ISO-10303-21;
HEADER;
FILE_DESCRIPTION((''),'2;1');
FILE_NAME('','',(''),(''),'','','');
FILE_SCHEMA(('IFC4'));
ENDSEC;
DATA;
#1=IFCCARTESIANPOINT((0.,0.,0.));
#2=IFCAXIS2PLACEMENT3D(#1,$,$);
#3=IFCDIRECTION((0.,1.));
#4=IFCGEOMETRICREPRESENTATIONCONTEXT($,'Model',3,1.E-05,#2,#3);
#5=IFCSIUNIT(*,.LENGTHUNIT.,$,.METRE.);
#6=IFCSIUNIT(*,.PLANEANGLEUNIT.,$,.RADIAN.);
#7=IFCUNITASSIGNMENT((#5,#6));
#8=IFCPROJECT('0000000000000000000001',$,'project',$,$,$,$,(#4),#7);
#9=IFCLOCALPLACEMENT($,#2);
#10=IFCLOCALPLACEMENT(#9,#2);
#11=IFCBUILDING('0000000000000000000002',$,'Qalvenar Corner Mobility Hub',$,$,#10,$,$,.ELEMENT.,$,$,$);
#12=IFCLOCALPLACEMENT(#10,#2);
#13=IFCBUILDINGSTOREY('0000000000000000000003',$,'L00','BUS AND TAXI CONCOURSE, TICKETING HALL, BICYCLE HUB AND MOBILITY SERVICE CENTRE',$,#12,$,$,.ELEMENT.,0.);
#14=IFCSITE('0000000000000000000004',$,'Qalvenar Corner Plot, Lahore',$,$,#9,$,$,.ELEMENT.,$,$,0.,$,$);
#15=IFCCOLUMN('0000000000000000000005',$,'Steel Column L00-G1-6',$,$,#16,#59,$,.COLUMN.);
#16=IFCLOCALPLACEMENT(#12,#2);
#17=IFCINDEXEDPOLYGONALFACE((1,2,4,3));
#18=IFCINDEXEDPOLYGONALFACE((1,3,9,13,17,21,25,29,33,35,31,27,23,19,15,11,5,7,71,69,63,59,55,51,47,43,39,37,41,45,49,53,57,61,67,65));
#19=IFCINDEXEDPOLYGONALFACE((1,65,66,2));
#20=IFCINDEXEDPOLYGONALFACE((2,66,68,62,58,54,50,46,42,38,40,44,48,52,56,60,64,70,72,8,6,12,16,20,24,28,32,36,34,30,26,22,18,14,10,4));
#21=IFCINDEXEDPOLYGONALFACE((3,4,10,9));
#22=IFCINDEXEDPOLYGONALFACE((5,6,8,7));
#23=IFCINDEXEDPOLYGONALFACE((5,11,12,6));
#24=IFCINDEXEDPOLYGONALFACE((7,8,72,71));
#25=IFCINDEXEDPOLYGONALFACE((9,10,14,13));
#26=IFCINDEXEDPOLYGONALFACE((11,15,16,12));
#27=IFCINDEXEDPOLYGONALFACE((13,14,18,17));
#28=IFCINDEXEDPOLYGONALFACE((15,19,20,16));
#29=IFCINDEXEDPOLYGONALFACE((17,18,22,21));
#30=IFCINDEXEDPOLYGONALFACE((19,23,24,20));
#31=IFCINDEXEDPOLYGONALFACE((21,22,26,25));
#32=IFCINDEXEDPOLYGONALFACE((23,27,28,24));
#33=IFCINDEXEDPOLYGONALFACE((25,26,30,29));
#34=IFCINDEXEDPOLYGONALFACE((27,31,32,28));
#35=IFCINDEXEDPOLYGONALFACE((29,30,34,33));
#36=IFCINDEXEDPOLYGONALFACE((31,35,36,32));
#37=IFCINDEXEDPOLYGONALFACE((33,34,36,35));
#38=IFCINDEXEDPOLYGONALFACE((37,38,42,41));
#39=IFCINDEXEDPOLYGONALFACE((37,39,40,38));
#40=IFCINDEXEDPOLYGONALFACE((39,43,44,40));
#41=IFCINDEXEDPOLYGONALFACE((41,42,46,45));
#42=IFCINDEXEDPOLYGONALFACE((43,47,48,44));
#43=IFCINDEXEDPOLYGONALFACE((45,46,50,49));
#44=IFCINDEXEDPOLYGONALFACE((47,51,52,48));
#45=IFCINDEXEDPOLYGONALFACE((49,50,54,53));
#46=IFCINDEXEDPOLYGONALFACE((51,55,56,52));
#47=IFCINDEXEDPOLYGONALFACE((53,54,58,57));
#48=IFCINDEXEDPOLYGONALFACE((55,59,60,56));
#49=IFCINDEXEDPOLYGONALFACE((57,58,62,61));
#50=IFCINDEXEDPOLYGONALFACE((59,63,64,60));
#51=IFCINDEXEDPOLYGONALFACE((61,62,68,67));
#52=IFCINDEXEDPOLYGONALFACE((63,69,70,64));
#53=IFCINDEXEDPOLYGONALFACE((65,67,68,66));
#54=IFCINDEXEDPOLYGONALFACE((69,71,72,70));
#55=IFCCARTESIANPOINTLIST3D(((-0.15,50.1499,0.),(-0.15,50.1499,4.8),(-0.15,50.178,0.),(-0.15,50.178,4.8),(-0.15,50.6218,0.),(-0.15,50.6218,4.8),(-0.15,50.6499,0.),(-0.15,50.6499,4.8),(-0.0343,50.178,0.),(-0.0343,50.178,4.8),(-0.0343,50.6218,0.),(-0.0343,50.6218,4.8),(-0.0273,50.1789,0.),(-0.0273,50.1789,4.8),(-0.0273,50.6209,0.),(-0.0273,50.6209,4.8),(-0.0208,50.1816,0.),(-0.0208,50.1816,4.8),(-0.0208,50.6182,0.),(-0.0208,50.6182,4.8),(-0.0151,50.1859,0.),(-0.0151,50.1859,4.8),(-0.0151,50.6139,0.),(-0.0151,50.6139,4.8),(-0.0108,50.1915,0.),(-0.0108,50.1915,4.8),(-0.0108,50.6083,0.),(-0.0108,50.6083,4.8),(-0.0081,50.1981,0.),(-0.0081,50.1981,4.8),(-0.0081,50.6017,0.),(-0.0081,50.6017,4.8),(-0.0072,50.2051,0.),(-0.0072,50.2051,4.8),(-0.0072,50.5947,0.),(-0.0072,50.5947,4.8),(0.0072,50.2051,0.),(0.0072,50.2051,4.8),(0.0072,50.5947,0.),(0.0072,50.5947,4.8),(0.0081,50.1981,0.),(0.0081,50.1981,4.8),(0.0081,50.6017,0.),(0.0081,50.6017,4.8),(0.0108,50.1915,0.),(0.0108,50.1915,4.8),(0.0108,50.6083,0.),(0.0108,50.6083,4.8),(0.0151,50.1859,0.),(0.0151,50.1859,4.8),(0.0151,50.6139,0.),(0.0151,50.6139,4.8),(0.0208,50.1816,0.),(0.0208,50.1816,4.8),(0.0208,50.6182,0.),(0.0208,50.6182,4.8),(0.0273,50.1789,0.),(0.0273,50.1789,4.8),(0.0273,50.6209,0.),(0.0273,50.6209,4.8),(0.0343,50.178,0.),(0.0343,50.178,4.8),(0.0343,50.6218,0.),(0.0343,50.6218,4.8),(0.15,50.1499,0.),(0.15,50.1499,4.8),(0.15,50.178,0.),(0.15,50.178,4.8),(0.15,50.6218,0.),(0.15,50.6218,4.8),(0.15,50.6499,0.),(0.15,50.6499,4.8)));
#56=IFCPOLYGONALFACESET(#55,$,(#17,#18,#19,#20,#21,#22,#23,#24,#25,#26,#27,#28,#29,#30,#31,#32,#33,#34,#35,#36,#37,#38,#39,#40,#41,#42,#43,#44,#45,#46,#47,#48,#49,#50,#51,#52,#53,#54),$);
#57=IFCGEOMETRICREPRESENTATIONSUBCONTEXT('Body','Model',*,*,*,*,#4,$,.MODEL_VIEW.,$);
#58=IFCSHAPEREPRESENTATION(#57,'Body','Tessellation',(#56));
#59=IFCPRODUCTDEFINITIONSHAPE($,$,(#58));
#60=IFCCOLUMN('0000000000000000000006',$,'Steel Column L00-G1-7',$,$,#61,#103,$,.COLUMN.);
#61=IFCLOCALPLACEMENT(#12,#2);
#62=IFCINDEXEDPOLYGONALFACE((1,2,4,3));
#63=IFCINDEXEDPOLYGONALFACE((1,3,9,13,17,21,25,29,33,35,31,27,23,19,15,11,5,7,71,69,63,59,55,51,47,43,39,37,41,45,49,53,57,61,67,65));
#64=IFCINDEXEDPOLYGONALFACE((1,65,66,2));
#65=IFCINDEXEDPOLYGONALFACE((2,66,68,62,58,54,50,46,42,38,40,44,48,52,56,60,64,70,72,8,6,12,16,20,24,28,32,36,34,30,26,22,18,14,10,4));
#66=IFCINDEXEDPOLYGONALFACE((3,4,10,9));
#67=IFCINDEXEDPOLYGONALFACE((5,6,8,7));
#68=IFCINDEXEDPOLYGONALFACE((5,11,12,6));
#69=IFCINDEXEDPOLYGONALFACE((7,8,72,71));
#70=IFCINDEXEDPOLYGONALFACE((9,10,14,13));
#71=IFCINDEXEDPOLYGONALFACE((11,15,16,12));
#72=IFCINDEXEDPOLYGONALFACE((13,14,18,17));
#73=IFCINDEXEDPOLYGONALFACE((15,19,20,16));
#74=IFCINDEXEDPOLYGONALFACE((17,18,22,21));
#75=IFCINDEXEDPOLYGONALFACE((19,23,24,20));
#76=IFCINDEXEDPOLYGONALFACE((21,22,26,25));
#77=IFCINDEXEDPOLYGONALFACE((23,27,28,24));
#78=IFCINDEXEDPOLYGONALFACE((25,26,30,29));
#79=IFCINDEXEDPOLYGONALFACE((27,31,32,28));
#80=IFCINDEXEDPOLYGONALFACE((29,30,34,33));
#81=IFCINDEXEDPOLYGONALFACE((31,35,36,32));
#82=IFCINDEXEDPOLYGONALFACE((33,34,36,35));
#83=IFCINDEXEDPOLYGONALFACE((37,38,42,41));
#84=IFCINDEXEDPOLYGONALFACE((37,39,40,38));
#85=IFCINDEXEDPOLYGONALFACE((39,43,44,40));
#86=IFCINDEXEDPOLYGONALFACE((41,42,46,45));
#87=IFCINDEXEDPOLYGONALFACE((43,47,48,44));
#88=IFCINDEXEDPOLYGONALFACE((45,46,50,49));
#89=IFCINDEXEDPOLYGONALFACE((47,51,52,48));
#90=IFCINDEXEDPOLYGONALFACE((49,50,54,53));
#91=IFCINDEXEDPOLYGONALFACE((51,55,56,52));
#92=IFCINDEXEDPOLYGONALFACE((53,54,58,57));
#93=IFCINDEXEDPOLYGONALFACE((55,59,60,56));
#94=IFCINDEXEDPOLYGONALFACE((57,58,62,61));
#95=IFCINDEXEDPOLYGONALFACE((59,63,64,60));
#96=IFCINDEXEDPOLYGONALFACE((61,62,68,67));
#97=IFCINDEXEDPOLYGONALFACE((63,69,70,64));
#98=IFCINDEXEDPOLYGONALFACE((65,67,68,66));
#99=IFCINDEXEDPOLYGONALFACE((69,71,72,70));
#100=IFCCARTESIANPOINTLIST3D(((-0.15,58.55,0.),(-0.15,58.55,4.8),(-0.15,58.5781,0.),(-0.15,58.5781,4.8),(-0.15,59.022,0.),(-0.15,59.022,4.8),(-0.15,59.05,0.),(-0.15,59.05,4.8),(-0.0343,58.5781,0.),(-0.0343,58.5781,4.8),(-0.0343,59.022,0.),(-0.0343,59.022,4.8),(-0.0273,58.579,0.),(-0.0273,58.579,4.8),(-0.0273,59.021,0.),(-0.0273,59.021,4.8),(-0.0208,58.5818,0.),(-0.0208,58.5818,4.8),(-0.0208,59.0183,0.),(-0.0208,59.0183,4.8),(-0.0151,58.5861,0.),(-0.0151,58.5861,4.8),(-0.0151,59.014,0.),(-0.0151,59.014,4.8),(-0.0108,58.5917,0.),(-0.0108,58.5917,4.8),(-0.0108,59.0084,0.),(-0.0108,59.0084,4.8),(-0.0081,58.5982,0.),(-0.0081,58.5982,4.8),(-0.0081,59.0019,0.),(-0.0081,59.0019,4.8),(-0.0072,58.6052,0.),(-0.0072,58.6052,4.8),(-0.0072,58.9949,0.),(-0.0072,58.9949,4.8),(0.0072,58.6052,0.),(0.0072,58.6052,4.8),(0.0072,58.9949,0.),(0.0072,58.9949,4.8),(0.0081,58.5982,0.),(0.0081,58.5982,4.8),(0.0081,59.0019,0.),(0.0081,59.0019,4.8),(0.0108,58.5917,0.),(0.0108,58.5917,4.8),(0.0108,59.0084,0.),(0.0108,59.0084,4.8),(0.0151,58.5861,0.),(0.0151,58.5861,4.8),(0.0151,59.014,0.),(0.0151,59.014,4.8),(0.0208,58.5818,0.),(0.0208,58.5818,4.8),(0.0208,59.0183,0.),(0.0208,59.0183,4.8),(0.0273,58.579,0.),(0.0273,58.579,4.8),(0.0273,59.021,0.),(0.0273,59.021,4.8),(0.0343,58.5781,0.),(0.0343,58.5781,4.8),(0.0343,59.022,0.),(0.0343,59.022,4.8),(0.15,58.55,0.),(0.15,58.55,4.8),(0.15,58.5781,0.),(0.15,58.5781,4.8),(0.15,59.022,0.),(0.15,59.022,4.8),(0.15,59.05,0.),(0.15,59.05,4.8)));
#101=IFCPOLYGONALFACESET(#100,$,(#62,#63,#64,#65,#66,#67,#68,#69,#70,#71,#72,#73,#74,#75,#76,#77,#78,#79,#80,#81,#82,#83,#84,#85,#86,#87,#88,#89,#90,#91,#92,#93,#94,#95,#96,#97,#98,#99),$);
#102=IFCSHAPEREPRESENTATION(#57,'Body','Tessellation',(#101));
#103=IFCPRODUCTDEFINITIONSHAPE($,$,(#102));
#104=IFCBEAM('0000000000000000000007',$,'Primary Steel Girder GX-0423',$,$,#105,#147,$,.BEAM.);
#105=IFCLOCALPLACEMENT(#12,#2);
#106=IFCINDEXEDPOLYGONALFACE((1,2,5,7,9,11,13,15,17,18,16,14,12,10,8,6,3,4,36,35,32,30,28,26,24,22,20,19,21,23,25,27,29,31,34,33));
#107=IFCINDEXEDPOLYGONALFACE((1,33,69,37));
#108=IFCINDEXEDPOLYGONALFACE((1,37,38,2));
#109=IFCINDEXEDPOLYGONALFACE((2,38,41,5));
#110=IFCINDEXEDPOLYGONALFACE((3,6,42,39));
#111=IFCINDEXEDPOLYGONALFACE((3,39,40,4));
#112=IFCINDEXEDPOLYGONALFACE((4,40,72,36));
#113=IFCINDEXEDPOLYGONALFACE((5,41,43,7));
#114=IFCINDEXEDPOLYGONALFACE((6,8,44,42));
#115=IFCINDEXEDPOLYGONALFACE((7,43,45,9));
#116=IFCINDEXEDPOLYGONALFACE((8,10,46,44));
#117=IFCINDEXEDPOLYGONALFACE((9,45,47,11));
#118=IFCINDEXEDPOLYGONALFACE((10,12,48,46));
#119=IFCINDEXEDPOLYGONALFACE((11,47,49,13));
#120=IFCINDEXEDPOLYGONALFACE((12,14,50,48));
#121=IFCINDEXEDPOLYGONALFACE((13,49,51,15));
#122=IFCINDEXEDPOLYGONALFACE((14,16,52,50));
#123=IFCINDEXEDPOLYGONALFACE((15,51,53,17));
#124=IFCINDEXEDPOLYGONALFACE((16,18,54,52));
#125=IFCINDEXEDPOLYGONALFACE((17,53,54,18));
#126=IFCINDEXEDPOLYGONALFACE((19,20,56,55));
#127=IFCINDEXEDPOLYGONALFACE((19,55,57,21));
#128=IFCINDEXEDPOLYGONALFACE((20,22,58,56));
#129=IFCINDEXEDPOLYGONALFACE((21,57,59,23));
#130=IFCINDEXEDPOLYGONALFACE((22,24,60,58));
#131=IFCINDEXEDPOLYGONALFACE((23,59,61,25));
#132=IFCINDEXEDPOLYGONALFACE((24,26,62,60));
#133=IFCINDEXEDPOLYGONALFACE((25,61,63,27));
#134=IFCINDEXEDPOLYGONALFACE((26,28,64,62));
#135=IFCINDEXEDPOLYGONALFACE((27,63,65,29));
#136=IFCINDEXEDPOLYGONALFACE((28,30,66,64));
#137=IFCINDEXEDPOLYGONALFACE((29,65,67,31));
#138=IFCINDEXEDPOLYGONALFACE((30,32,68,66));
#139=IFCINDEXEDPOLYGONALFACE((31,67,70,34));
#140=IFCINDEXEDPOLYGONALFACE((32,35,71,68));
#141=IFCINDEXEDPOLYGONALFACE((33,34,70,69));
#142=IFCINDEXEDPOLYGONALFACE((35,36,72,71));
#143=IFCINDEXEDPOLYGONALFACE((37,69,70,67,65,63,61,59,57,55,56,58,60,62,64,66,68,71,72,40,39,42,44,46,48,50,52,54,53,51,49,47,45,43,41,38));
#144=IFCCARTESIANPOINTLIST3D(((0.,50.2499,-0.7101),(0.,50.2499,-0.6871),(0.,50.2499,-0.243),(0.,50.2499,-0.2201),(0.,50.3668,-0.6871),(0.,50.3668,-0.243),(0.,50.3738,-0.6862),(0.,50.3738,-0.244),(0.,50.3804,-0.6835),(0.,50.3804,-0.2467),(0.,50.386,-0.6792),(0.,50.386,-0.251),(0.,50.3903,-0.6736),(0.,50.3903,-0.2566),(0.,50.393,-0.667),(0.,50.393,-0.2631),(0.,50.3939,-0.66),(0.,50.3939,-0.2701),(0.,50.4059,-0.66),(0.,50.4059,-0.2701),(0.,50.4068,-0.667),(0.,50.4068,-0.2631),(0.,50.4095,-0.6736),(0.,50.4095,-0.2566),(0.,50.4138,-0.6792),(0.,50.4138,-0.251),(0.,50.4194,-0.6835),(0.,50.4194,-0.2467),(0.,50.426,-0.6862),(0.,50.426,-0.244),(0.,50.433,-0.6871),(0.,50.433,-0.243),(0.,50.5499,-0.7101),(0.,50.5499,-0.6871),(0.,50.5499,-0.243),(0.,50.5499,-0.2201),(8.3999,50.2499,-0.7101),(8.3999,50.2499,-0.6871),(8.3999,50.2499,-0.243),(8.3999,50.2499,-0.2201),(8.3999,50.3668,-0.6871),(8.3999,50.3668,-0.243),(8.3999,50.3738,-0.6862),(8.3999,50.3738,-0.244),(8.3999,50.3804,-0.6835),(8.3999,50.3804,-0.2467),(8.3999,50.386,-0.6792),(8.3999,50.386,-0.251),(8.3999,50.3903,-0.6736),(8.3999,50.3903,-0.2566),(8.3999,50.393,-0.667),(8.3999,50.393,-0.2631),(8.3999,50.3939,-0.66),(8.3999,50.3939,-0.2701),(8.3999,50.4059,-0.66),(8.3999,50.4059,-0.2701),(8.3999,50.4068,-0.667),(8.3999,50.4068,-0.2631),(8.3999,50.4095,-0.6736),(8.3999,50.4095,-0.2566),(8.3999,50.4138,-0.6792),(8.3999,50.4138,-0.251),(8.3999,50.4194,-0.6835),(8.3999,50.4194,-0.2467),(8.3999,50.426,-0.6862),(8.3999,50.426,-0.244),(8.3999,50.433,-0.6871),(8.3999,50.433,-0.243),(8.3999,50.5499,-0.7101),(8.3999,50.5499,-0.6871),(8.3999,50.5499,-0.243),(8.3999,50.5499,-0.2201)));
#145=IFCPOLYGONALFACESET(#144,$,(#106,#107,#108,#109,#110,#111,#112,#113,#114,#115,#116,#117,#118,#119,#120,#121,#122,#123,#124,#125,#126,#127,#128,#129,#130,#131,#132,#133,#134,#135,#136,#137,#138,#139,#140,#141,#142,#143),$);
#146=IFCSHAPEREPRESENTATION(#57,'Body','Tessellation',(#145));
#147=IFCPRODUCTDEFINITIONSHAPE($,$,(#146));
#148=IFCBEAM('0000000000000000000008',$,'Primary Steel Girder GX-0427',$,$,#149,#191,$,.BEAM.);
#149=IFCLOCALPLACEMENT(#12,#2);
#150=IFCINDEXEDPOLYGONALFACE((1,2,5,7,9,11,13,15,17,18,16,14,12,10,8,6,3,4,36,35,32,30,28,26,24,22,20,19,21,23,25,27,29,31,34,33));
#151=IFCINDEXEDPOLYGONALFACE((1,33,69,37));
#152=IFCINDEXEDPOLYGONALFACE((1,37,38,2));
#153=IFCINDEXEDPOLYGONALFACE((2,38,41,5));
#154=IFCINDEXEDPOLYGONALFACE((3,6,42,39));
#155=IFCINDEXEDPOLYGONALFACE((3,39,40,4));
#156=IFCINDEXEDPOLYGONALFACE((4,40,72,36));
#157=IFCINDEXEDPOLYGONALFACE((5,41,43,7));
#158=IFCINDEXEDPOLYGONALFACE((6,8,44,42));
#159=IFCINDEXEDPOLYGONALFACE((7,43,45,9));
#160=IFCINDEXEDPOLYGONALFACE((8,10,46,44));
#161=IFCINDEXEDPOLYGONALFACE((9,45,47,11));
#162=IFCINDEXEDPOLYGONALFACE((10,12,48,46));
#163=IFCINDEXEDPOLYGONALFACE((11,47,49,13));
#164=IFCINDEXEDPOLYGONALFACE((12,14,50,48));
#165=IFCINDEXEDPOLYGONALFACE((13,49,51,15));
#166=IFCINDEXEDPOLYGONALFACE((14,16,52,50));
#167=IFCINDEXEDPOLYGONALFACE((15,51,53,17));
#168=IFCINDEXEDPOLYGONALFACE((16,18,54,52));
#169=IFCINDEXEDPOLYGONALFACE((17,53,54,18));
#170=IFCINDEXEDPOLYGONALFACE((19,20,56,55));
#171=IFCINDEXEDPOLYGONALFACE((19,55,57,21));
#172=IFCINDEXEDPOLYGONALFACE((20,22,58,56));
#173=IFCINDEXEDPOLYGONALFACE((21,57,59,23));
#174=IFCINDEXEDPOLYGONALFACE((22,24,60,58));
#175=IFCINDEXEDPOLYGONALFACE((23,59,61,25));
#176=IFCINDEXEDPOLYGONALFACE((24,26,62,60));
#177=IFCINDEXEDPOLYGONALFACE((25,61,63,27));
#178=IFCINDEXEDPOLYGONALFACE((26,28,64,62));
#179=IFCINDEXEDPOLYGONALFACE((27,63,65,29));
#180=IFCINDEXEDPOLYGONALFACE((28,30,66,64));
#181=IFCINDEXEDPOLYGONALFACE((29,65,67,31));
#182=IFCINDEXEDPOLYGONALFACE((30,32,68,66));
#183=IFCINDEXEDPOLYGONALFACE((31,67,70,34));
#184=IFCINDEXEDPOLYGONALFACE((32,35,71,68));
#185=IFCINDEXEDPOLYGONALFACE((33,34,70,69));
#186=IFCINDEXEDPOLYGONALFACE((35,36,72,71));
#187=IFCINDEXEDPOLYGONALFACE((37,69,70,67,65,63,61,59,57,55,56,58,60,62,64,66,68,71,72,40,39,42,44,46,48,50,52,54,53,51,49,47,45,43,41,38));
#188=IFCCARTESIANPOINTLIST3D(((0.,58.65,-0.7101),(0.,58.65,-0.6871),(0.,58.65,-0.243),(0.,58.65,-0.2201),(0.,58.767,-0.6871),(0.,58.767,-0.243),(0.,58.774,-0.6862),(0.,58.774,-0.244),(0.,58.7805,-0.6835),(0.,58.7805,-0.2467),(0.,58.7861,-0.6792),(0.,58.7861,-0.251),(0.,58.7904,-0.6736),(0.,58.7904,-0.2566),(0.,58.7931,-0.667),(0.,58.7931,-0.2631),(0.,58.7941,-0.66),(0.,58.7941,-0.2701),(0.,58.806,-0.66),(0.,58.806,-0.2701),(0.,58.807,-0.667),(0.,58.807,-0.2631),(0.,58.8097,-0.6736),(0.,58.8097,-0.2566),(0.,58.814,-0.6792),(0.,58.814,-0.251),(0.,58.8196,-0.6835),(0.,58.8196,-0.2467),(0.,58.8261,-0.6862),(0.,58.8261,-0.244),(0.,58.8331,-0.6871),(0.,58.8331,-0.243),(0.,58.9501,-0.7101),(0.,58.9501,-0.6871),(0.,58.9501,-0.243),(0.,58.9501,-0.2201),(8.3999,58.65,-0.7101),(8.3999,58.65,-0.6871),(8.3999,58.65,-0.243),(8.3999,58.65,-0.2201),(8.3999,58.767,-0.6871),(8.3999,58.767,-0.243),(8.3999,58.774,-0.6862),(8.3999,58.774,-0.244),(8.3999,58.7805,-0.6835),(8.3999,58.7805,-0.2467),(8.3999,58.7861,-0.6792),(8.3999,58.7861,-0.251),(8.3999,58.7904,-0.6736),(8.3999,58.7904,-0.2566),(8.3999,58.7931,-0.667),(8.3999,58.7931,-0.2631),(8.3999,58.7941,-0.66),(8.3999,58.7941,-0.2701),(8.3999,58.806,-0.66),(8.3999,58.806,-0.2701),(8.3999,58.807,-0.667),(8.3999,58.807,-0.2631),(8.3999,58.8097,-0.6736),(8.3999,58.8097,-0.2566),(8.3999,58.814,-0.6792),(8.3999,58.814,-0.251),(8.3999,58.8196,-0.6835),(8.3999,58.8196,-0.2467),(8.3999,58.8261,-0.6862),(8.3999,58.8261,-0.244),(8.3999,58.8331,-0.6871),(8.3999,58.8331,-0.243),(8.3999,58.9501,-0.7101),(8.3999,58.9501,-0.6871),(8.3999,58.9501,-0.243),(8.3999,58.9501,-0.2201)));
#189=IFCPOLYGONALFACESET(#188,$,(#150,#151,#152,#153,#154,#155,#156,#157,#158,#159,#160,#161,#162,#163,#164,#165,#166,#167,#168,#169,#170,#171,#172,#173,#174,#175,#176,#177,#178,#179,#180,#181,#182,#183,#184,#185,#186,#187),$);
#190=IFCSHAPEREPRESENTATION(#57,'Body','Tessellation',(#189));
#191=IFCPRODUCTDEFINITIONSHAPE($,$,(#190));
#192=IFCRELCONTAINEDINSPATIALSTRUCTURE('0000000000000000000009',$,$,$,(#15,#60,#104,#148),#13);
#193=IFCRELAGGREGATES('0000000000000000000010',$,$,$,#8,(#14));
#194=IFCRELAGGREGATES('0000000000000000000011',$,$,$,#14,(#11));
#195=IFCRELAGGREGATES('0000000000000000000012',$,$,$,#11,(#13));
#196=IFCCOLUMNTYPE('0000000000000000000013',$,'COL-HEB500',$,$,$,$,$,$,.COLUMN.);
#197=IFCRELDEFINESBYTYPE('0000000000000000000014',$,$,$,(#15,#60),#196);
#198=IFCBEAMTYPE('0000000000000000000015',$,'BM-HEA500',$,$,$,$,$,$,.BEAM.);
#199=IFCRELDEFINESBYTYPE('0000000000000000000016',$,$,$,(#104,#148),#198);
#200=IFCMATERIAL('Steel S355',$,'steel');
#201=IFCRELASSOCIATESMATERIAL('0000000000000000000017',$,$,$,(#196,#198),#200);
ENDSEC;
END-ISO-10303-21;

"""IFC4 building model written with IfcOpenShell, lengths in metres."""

from ifc_helpers import new_model, si_unit, direction, frame, origin, origin_2d, place, context, subcontext, project, spatial, i_section, extrude, material, material_profile, profile_set, type_object, element, save


model = new_model("IFC4")

# Units and contexts
model_context = context("Model", 3, precision=1e-05, world=origin(), true_north=direction((0.0, 1.0)))
body_context = subcontext(model_context, "Body", "Model", "MODEL_VIEW")
ifc_project = project(units=[si_unit("LENGTHUNIT", "METRE"), si_unit("PLANEANGLEUNIT", "RADIAN")], contexts=[model_context])

# Site, building, storey
site_placement = place(None, origin())
site = spatial("IfcSite", under=ifc_project, at=site_placement, Name="Qalvenar Corner Plot, Lahore", CompositionType="ELEMENT", RefElevation=0.0)
building_placement = place(site_placement, origin())
building = spatial("IfcBuilding", under=site, at=building_placement, Name="Qalvenar Corner Mobility Hub", CompositionType="ELEMENT")
storey_placement = place(building_placement, origin())
storey = spatial("IfcBuildingStorey", under=building, at=storey_placement, Name="L00", Description="BUS AND TAXI CONCOURSE, TICKETING HALL, BICYCLE HUB AND MOBILITY SERVICE CENTRE", CompositionType="ELEMENT", Elevation=0.0)

# Columns
ifc_material_1 = material(Name="Steel S355", Category="steel")
ifc_material_profile_1 = material_profile(ifc_material_1, i_section(OverallWidth=0.3, OverallDepth=0.5, WebThickness=0.0144, FlangeThickness=0.0281, FilletRadius=0.0271, at=origin_2d()), Name="HEB500")
ifc_profile_set_1 = profile_set([ifc_material_profile_1], Name="Steel S355")
column_type = type_object("IfcColumnType", Name="COL-HEB500", PredefinedType="COLUMN", material=ifc_profile_set_1)
for number, where, z_axis, x_axis, name in (
    (1, (0.0, 50.3999, 0.0), (0.0, 0.0, 1.0), (1.0, 0.0, 0.0), "Steel Column L00-G1-6"),
    (2, (0.0, 58.8, 0.0), (0.0, 0.0, 1.0), (1.0, 0.0, 0.0), "Steel Column L00-G1-7"),
):
    element("IfcColumn", number, at=place(storey_placement, frame(where, z_axis=z_axis, x_axis=x_axis)), inside=storey, type_object=column_type, Name=name, PredefinedType="COLUMN", context=body_context, shape_type="SweptSolid", body=[
        extrude(i_section(OverallWidth=0.3, OverallDepth=0.5, WebThickness=0.0144, FlangeThickness=0.0281, FilletRadius=0.0271, at=origin_2d()), origin(), (0.0, 0.0, 1.0), 4.8),
    ])

# Beams
ifc_material_profile_2 = material_profile(ifc_material_1, i_section(OverallWidth=0.3, OverallDepth=0.49, WebThickness=0.012, FlangeThickness=0.0229, FilletRadius=0.0271, at=origin_2d()), Name="HEA500")
ifc_profile_set_2 = profile_set([ifc_material_profile_2], Name="Steel S355")
beam_type_1 = type_object("IfcBeamType", Name="BM-HEA500", PredefinedType="BEAM", material=ifc_profile_set_2)
for number, where, z_axis, x_axis, name in (
    (3, (0.0, 50.3999, -0.4651), (1.0, 0.0, 0.0), (0.0, 1.0, 0.0), "Primary Steel Girder GX-0423"),
    (4, (0.0, 58.8, -0.4651), (1.0, 0.0, 0.0), (0.0, 1.0, 0.0), "Primary Steel Girder GX-0427"),
):
    element("IfcBeam", number, at=place(storey_placement, frame(where, z_axis=z_axis, x_axis=x_axis)), inside=storey, type_object=beam_type_1, Name=name, PredefinedType="BEAM", context=body_context, shape_type="SweptSolid", body=[
        extrude(i_section(OverallWidth=0.3, OverallDepth=0.49, WebThickness=0.012, FlangeThickness=0.0229, FilletRadius=0.0271, at=origin_2d()), origin(), (0.0, 0.0, 1.0), 8.3999),
    ])

save(model, "model.ifc")
